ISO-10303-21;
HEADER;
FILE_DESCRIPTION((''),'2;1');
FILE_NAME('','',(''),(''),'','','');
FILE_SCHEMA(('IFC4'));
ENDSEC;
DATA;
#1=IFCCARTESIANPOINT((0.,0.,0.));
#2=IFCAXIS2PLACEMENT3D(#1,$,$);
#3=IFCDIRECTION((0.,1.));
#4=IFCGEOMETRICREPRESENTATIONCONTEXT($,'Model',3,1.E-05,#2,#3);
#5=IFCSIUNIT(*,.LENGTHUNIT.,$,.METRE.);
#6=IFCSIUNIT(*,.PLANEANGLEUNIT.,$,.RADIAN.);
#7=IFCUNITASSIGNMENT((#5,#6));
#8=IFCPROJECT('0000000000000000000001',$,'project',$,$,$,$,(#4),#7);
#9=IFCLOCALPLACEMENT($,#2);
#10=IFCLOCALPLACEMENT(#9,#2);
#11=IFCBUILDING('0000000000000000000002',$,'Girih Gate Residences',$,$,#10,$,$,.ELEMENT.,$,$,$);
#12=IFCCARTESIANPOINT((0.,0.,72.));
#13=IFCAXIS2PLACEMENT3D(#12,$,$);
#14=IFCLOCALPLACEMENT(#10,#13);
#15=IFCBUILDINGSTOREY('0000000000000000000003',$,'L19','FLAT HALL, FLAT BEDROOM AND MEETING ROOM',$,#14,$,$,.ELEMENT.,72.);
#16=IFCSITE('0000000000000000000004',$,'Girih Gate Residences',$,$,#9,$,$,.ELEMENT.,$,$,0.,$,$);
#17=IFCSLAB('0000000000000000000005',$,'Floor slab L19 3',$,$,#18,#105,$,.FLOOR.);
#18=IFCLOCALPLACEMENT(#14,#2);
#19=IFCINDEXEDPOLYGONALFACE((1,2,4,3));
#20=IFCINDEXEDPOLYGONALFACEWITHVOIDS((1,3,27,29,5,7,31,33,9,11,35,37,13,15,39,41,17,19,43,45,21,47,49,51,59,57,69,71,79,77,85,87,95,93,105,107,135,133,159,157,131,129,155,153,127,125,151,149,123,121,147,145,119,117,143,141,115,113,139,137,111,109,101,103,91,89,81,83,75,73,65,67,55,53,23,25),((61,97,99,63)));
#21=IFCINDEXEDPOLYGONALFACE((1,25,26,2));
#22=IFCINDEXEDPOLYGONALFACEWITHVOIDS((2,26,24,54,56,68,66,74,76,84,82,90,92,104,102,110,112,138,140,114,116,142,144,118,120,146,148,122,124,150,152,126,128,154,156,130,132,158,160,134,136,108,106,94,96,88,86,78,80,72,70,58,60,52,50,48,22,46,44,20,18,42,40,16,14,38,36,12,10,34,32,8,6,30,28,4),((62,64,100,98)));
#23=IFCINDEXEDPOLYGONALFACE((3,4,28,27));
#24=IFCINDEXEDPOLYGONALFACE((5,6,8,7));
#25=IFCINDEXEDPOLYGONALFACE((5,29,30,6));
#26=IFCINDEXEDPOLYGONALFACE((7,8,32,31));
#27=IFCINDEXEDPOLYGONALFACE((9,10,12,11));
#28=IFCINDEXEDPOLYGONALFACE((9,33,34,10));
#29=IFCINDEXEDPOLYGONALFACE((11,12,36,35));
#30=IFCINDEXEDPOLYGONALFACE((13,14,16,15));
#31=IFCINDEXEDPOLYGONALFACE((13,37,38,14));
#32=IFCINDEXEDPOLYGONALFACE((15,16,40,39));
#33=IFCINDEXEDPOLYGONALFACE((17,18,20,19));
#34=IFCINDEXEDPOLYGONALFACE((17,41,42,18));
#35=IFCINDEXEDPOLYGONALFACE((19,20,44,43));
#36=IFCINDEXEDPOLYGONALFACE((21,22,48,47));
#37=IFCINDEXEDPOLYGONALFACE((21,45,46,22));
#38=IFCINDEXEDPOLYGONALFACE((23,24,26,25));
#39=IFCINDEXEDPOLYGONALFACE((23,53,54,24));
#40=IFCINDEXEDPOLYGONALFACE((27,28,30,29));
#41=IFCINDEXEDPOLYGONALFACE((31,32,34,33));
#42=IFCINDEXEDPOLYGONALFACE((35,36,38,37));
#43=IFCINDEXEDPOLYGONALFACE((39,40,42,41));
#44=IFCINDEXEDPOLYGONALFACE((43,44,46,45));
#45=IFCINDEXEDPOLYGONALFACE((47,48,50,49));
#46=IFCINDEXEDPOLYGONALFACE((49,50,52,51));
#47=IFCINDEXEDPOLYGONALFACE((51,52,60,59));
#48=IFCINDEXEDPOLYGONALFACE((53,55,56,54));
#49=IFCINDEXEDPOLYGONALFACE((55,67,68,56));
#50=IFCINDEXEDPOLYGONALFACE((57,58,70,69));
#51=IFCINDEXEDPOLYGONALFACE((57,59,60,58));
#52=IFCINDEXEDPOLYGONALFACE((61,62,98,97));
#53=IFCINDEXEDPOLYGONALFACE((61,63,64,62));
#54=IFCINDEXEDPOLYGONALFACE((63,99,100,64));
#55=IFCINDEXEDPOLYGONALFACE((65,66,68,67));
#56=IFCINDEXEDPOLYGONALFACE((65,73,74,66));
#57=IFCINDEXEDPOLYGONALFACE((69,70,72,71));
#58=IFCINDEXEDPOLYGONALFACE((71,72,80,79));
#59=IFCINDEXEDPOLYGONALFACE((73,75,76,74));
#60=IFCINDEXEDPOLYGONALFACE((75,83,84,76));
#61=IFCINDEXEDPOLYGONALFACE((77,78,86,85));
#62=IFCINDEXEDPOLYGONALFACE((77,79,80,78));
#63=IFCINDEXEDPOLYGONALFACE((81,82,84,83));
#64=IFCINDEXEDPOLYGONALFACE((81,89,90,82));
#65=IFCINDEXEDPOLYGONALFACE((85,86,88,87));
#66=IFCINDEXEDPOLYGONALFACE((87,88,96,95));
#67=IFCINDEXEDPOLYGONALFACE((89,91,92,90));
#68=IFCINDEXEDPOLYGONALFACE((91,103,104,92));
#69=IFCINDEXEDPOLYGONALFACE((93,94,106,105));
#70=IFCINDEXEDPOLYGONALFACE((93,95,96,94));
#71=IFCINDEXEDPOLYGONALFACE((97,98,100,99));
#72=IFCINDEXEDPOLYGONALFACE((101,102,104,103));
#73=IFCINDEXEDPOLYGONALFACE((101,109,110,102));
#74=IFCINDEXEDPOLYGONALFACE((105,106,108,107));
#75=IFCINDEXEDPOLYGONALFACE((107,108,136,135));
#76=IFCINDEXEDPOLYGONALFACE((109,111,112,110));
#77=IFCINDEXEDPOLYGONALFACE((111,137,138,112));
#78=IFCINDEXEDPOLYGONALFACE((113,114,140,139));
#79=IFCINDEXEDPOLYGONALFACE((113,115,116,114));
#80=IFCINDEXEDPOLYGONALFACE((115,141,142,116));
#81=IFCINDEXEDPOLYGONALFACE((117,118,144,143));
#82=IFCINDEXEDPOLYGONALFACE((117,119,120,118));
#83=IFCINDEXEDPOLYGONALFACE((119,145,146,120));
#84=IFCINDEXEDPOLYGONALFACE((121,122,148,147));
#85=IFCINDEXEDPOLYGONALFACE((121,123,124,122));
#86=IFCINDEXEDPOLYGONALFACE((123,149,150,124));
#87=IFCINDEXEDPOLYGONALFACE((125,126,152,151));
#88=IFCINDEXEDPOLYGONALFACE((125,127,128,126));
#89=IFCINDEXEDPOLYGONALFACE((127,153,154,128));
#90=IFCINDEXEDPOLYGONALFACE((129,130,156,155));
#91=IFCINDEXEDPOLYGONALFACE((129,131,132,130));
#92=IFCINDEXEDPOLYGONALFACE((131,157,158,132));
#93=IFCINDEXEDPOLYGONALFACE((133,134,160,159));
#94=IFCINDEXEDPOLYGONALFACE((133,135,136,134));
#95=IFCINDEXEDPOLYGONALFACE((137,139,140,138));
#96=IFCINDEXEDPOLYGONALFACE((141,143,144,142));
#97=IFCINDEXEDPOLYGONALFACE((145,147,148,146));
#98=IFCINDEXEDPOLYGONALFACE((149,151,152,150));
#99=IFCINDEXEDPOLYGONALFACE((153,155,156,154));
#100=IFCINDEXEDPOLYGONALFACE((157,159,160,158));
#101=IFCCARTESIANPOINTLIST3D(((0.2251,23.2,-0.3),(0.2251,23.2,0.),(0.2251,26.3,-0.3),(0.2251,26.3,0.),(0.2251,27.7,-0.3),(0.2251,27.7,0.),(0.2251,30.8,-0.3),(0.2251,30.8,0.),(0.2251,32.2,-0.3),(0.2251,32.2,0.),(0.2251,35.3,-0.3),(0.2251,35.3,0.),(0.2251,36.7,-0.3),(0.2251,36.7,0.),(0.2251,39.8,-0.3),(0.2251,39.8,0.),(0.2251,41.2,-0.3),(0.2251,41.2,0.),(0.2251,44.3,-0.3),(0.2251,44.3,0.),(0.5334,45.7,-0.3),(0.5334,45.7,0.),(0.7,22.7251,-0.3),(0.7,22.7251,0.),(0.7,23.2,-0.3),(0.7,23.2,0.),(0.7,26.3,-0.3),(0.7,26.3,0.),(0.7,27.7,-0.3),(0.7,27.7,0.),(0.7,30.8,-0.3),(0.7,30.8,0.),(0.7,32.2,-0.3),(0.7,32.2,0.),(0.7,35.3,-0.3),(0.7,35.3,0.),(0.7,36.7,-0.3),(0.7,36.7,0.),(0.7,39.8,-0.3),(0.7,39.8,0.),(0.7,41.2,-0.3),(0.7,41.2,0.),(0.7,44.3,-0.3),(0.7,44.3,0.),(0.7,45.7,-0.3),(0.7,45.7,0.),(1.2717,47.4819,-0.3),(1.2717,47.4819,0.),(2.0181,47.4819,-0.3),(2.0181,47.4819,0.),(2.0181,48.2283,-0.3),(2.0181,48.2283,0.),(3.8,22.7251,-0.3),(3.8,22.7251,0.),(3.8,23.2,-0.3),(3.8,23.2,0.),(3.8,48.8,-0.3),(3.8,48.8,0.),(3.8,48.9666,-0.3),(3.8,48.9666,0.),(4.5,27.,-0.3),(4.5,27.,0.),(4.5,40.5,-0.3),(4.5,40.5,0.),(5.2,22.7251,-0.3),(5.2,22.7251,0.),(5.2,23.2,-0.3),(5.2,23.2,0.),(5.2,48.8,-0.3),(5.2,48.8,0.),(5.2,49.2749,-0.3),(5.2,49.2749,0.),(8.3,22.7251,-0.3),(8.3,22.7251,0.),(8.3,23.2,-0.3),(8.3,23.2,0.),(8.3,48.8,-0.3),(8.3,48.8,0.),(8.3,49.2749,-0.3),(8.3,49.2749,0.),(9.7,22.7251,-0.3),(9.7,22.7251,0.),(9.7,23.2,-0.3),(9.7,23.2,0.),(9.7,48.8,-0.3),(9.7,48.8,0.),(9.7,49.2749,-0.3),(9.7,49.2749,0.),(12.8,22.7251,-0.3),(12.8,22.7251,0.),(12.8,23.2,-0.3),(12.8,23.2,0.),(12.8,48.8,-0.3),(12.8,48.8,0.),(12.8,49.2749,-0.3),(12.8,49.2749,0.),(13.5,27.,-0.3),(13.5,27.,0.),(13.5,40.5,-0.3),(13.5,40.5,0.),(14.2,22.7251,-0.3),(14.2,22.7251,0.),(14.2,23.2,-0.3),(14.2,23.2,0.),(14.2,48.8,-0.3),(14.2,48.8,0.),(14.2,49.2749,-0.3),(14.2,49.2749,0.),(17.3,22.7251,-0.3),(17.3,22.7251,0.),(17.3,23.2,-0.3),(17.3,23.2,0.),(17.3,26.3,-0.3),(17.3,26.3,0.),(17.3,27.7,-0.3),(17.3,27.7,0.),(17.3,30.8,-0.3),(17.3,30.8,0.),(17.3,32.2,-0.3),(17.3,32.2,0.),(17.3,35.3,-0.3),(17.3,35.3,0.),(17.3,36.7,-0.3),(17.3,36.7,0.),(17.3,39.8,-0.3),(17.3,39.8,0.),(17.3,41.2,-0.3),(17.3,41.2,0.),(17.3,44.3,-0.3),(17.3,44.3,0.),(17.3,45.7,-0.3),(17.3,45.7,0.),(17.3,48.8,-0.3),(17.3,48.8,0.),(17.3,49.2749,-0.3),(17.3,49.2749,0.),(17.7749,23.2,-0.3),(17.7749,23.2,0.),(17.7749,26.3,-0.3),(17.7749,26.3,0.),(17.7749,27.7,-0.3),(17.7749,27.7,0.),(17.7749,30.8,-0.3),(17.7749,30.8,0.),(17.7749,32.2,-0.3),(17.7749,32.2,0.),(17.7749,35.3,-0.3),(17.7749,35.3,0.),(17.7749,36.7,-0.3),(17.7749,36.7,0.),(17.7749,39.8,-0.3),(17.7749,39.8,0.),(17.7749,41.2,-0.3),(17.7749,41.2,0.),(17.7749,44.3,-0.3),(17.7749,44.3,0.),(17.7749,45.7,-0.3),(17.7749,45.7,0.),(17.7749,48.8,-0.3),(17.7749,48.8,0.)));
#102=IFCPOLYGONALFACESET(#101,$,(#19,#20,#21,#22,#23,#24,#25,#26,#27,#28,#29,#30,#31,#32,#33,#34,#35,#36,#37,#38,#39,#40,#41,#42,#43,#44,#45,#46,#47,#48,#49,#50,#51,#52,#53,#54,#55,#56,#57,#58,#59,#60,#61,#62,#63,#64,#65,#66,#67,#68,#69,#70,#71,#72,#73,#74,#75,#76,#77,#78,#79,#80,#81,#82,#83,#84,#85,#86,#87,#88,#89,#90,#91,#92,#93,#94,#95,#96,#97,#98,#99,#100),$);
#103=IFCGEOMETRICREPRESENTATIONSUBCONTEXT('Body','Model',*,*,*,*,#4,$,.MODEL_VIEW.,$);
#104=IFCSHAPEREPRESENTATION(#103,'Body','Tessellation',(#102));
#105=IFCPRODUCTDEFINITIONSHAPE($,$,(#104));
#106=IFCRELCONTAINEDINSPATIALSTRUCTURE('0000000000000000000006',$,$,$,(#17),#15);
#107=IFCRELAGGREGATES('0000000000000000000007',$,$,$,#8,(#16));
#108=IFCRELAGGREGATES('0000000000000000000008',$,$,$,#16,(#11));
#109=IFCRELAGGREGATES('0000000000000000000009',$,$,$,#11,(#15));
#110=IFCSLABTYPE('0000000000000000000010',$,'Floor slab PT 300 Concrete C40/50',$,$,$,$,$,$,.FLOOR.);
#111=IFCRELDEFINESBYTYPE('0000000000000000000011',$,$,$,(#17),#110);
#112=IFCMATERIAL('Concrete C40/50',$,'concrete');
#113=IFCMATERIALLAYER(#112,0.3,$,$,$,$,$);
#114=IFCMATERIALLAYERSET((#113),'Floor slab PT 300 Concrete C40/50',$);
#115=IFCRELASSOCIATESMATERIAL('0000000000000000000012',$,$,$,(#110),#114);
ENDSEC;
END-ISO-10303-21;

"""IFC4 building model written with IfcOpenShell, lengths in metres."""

from ifc_helpers import new_model, si_unit, direction, frame, origin, place, context, subcontext, project, spatial, polyline, outline, extrude, material, layer, layer_set, type_object, element, save


model = new_model("IFC4")

# Units and contexts
model_context = context("Model", 3, precision=1e-05, world=origin(), true_north=direction((0.0, 1.0)))
body_context = subcontext(model_context, "Body", "Model", "MODEL_VIEW")
ifc_project = project(units=[si_unit("LENGTHUNIT", "METRE"), si_unit("PLANEANGLEUNIT", "RADIAN")], contexts=[model_context])

# Site, building, storey
site_placement = place(None, origin())
site = spatial("IfcSite", under=ifc_project, at=site_placement, Name="Girih Gate Residences", CompositionType="ELEMENT", RefElevation=0.0)
building_placement = place(site_placement, origin())
building = spatial("IfcBuilding", under=site, at=building_placement, Name="Girih Gate Residences", CompositionType="ELEMENT")
storey_placement = place(building_placement, frame((0.0, 0.0, 72.0)))
storey = spatial("IfcBuildingStorey", under=building, at=storey_placement, Name="L19", Description="FLAT HALL, FLAT BEDROOM AND MEETING ROOM", CompositionType="ELEMENT", Elevation=72.0)

# Slab
ifc_material_1 = material(Name="Concrete C40/50", Category="concrete")
ifc_layer_1 = layer(ifc_material_1, 0.3)
ifc_layer_set_1 = layer_set([ifc_layer_1], Name="Floor slab PT 300 Concrete C40/50")
slab_type_1 = type_object("IfcSlabType", Name="Floor slab PT 300 Concrete C40/50", PredefinedType="FLOOR", material=ifc_layer_set_1)
slab_1_placement = place(storey_placement, frame((0.0, 0.0, -0.3)))
element("IfcSlab", 1, at=slab_1_placement, inside=storey, type_object=slab_type_1, Name="Floor slab L19 3", PredefinedType="FLOOR", context=body_context, shape_type="SweptSolid", body=[
    extrude(outline(polyline([(0.2251, 26.3), (0.2251, 23.2), (0.7, 23.2), (0.7, 22.7251), (3.8, 22.7251), (3.8, 23.2), (5.2, 23.2), (5.2, 22.7251), (8.3, 22.7251), (8.3, 23.2), (9.7, 23.2), (9.7, 22.7251), (12.8, 22.7251), (12.8, 23.2), (14.2, 23.2), (14.2, 22.7251), (17.3, 22.7251), (17.3, 23.2), (17.7749, 23.2), (17.7749, 26.3), (17.3, 26.3), (17.3, 27.7), (17.7749, 27.7), (17.7749, 30.8), (17.3, 30.8), (17.3, 32.2), (17.7749, 32.2), (17.7749, 35.3), (17.3, 35.3), (17.3, 36.7), (17.7749, 36.7), (17.7749, 39.8), (17.3, 39.8), (17.3, 41.2), (17.7749, 41.2), (17.7749, 44.3), (17.3, 44.3), (17.3, 45.7), (17.7749, 45.7), (17.7749, 48.8), (17.3, 48.8), (17.3, 49.2749), (14.2, 49.2749), (14.2, 48.8), (12.8, 48.8), (12.8, 49.2749), (9.7, 49.2749), (9.7, 48.8), (8.3, 48.8), (8.3, 49.2749), (5.2, 49.2749), (5.2, 48.8), (3.8, 48.8), (3.8, 48.9666), (2.0181, 48.2283), (2.0181, 47.4819), (1.2717, 47.4819), (0.5334, 45.7), (0.7, 45.7), (0.7, 44.3), (0.2251, 44.3), (0.2251, 41.2), (0.7, 41.2), (0.7, 39.8), (0.2251, 39.8), (0.2251, 36.7), (0.7, 36.7), (0.7, 35.3), (0.2251, 35.3), (0.2251, 32.2), (0.7, 32.2), (0.7, 30.8), (0.2251, 30.8), (0.2251, 27.7), (0.7, 27.7), (0.7, 26.3), (0.2251, 26.3)]), holes=[polyline([(13.5, 40.5), (13.5, 27.0), (4.5, 27.0), (4.5, 40.5), (13.5, 40.5)])]), origin(), (0.0, 0.0, 1.0), 0.3),
])

save(model, "model.ifc")
